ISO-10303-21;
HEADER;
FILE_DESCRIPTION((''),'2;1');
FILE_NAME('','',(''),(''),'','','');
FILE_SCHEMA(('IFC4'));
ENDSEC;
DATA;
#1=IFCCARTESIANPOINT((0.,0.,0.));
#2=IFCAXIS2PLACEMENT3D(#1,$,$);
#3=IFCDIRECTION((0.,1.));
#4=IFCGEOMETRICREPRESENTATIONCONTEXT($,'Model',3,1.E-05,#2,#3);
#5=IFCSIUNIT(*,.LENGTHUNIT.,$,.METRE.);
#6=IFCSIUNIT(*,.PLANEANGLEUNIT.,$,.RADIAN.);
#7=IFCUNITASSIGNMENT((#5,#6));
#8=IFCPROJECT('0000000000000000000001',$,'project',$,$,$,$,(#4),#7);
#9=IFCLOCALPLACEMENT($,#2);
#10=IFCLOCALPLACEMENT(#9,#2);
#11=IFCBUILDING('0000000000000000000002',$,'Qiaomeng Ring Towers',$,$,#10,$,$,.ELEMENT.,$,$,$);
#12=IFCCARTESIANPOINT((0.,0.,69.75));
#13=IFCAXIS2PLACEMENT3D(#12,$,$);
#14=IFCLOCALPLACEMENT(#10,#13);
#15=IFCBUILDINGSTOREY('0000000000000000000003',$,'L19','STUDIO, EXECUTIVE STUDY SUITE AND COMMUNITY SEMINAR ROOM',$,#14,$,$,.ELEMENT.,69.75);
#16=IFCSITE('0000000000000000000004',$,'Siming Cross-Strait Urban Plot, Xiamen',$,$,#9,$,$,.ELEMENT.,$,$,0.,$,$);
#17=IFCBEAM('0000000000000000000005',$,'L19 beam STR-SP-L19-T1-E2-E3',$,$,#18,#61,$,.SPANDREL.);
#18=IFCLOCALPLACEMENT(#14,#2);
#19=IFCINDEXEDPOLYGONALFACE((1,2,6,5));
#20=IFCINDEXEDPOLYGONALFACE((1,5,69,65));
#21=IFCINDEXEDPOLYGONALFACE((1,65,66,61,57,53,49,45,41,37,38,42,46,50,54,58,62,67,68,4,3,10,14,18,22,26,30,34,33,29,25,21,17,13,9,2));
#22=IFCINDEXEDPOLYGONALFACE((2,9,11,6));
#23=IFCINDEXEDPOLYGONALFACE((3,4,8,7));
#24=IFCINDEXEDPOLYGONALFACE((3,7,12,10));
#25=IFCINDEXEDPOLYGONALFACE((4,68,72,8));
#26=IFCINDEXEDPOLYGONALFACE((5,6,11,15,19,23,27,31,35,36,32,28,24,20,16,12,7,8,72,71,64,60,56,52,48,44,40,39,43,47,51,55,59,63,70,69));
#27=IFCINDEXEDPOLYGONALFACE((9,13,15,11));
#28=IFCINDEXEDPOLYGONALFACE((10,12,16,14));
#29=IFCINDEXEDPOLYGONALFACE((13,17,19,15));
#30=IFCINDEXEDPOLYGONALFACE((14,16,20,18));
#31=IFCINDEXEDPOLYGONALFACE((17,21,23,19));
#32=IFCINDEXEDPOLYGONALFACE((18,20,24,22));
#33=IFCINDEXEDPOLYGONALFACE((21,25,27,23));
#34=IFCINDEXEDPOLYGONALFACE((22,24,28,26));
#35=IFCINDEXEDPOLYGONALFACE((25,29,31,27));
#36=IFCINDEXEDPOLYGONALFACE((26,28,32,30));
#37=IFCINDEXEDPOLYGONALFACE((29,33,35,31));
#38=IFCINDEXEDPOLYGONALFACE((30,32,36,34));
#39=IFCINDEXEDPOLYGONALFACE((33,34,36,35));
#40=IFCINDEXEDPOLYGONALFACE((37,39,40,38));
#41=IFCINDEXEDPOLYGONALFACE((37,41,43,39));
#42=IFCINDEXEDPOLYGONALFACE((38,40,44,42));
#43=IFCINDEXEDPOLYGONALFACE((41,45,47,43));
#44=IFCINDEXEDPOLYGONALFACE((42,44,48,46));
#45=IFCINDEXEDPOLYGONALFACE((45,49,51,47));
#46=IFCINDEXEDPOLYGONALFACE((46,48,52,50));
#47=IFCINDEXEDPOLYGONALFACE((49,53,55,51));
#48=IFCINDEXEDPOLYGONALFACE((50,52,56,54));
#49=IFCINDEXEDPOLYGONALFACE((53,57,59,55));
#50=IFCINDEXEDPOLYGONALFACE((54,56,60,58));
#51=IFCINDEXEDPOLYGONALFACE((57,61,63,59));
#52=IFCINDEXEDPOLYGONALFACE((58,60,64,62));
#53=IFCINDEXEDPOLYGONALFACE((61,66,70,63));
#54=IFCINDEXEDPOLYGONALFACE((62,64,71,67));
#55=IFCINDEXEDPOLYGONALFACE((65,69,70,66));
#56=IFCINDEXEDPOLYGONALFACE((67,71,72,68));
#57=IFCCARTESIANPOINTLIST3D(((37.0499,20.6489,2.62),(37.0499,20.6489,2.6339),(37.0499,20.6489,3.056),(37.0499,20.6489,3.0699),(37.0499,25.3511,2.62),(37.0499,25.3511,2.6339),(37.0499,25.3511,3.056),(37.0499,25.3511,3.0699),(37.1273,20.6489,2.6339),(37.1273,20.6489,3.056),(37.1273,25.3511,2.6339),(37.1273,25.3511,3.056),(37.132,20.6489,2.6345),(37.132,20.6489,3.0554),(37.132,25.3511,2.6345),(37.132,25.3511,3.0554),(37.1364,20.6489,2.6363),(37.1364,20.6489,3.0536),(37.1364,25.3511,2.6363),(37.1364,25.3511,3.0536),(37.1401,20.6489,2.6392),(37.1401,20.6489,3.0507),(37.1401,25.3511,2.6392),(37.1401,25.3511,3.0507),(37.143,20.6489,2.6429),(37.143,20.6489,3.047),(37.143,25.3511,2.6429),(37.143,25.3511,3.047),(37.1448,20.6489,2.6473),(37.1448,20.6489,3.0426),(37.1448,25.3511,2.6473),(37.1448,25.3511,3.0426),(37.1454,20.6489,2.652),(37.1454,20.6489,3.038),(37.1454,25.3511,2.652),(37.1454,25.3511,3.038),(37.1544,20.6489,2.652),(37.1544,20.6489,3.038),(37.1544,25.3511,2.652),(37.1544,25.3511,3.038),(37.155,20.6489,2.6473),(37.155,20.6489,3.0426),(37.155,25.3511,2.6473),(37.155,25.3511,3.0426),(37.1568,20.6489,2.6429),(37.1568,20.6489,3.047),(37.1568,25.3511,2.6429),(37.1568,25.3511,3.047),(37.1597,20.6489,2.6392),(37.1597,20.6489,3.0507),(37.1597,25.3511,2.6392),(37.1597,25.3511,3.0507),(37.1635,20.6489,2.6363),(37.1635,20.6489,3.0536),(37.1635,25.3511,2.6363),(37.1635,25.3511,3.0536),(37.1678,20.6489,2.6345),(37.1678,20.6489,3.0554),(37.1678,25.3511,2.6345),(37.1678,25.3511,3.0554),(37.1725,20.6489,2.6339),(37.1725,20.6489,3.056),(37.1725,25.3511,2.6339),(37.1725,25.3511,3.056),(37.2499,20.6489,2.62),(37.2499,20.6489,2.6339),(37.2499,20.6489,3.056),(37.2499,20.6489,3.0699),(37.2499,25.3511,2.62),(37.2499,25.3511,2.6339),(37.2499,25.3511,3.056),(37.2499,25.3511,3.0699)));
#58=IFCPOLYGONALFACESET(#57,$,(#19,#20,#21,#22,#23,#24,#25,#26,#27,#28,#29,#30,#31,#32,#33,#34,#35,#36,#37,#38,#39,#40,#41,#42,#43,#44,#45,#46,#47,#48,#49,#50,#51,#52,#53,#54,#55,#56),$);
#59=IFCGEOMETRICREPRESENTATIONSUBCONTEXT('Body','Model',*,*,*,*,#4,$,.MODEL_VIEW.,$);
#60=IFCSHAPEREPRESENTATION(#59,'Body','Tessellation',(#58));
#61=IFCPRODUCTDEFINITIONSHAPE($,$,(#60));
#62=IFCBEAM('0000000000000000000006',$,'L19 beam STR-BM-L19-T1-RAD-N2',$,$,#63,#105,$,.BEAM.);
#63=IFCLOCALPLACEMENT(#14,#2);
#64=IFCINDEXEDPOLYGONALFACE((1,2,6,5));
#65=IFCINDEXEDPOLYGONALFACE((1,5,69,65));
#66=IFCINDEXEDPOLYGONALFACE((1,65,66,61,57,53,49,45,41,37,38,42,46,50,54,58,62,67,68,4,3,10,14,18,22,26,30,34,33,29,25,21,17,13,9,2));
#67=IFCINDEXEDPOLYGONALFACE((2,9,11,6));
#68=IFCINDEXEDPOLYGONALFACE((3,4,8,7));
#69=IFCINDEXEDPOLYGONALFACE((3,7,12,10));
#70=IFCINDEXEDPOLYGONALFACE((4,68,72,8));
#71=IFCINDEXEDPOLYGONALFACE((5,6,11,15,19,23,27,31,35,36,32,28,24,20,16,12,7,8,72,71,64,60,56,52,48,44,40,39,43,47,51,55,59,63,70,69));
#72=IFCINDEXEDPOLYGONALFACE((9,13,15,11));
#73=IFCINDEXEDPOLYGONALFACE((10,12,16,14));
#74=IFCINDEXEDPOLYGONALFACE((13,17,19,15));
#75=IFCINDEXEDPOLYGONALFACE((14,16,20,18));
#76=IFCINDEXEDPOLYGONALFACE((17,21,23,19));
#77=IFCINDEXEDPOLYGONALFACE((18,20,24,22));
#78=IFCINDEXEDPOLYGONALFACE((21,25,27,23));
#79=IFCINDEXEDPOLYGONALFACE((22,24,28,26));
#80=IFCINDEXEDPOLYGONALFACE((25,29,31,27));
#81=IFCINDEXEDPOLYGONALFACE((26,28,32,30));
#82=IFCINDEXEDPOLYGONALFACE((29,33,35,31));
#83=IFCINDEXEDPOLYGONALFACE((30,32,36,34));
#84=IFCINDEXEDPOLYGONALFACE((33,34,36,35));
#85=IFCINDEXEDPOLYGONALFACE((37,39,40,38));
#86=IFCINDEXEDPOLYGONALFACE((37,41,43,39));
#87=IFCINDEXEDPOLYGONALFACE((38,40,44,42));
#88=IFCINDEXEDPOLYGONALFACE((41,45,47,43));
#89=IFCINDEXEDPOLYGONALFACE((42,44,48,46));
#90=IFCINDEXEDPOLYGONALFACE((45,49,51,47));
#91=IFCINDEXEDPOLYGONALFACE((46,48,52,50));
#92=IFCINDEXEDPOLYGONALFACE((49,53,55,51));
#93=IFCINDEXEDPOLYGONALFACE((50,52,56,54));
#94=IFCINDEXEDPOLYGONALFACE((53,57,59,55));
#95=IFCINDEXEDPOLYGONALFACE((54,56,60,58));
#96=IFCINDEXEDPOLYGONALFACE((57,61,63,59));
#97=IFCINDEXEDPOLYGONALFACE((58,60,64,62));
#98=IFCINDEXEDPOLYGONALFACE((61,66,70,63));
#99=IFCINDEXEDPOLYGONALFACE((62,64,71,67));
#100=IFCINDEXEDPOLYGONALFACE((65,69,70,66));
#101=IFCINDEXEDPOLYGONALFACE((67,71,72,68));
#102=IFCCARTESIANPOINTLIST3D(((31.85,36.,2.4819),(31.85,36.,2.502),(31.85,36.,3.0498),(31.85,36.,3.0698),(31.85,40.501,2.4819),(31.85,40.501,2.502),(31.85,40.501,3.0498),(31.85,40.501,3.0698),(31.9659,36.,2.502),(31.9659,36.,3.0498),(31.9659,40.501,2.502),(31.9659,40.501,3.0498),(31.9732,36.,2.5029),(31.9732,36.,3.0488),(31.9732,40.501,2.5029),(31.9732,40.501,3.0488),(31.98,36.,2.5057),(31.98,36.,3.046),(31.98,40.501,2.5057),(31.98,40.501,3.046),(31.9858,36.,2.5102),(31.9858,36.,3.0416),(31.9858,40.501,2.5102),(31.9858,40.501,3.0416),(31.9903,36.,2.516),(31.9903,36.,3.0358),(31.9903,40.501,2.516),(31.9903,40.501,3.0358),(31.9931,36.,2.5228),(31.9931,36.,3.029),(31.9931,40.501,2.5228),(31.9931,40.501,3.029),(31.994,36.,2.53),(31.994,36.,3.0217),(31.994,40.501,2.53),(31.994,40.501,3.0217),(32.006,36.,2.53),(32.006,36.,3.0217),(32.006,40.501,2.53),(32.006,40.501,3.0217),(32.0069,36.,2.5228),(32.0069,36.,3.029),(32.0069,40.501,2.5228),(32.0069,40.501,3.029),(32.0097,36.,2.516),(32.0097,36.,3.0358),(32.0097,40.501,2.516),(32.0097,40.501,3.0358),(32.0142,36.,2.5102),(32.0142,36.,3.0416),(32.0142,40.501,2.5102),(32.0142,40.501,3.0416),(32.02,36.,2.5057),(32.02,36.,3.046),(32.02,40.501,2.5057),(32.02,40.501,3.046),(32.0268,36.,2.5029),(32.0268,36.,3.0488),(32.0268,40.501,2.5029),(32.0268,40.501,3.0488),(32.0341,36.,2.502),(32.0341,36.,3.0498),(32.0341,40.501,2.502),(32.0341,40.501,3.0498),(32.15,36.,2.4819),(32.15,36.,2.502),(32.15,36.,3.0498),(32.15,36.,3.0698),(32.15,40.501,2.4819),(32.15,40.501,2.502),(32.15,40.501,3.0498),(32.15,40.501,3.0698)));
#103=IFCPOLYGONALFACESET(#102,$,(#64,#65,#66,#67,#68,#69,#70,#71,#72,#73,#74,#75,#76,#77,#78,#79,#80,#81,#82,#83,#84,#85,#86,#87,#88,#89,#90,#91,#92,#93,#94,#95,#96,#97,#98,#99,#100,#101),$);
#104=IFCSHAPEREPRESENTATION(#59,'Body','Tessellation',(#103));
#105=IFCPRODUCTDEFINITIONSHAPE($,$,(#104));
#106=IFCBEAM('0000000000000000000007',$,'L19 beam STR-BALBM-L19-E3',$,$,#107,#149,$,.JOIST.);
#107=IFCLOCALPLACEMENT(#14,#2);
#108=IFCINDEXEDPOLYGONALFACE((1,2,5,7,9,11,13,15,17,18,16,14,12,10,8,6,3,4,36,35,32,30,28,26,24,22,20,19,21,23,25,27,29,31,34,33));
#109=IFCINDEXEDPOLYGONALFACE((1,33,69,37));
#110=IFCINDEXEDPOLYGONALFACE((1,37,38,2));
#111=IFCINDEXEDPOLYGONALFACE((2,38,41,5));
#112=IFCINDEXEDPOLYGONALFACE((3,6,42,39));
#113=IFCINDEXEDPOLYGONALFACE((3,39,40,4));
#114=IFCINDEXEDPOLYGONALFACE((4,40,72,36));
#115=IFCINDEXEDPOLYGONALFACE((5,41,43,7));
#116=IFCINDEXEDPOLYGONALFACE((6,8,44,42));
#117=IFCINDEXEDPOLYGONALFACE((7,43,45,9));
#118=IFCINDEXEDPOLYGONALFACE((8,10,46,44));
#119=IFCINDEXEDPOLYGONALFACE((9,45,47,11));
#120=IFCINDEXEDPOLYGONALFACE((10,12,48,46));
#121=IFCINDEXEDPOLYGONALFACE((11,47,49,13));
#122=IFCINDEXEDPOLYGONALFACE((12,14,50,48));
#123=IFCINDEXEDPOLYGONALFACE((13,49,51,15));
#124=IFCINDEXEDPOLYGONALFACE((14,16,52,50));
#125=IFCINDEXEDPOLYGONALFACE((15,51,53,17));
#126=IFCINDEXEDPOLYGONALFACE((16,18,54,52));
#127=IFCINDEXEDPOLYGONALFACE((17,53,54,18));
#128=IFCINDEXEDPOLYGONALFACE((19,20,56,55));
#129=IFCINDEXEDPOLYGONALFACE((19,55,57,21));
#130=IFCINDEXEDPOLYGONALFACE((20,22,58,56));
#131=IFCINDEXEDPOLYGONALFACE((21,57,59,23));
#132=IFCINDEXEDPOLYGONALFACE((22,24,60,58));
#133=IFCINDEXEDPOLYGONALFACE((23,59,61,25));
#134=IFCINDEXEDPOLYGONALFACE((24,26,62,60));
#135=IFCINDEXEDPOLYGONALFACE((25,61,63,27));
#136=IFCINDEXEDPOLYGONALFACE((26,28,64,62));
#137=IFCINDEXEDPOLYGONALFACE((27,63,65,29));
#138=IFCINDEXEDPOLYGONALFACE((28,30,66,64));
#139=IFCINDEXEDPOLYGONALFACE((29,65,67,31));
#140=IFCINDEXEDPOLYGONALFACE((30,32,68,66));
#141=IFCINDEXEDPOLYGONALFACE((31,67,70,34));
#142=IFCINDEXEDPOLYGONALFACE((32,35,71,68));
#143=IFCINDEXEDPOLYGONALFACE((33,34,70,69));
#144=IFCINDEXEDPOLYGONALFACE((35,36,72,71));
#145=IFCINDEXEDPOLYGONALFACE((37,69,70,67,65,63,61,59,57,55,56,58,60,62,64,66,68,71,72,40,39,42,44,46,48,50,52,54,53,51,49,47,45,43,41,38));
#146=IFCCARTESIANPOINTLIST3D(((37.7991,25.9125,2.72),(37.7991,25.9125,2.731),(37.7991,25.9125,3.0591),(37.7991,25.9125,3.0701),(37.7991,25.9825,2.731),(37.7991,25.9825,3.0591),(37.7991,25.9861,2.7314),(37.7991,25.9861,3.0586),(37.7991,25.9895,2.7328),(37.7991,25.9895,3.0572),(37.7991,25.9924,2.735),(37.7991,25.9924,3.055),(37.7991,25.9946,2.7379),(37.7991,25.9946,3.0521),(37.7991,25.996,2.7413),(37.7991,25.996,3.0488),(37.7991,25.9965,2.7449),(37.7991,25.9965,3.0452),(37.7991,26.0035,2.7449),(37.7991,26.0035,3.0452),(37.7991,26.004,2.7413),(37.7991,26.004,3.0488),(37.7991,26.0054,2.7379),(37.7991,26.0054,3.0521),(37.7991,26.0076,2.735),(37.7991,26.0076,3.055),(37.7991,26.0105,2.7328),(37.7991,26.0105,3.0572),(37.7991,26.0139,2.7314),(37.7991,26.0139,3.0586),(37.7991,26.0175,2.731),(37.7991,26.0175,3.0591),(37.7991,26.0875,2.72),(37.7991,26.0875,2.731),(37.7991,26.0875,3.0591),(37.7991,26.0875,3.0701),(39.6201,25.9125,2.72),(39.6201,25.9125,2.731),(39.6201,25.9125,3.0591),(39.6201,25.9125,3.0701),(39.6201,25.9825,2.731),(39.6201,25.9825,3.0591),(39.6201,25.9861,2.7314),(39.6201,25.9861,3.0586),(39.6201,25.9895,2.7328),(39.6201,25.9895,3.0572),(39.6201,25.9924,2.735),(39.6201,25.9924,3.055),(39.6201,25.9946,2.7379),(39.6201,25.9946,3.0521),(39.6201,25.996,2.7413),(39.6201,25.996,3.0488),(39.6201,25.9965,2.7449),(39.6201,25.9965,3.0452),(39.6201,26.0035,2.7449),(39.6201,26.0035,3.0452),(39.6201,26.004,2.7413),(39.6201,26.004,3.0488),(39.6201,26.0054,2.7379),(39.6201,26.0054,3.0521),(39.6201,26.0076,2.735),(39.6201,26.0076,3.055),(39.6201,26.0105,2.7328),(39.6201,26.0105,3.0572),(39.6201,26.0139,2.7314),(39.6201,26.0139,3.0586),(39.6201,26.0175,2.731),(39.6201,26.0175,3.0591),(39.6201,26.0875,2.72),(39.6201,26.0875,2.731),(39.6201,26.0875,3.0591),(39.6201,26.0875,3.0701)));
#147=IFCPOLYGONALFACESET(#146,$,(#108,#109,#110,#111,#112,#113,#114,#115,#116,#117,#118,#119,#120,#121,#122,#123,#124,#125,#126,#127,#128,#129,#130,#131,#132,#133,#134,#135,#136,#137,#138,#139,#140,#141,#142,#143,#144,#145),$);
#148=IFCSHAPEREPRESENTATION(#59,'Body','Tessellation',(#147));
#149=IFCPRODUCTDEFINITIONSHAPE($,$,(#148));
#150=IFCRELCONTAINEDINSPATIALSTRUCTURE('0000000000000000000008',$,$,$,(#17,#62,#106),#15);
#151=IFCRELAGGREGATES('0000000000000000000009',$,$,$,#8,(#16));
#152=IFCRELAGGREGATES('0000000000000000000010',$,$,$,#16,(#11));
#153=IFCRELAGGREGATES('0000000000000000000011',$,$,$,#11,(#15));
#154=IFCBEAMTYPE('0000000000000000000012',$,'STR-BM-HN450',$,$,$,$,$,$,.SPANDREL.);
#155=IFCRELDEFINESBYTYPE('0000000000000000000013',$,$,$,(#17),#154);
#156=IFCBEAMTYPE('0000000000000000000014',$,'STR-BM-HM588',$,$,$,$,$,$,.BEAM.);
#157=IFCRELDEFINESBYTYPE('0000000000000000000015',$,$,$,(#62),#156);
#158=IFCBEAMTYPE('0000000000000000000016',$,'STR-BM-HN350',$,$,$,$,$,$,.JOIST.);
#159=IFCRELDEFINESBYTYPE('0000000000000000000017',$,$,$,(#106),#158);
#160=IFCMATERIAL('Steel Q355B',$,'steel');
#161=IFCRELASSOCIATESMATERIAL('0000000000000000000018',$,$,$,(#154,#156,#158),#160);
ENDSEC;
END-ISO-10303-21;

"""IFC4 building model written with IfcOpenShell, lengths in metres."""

from ifc_helpers import new_model, si_unit, direction, frame, origin, origin_2d, place, context, subcontext, project, spatial, i_section, extrude, source, transform, mapped, material, material_profile, profile_set, type_object, element, save


model = new_model("IFC4")

# Units and contexts
model_context = context("Model", 3, precision=1e-05, world=origin(), true_north=direction((0.0, 1.0)))
body_context = subcontext(model_context, "Body", "Model", "MODEL_VIEW")
ifc_project = project(units=[si_unit("LENGTHUNIT", "METRE"), si_unit("PLANEANGLEUNIT", "RADIAN")], contexts=[model_context])

# Site, building, storey
site_placement = place(None, origin())
site = spatial("IfcSite", under=ifc_project, at=site_placement, Name="Siming Cross-Strait Urban Plot, Xiamen", CompositionType="ELEMENT", RefElevation=0.0)
building_placement = place(site_placement, origin())
building = spatial("IfcBuilding", under=site, at=building_placement, Name="Qiaomeng Ring Towers", CompositionType="ELEMENT")
storey_placement = place(building_placement, frame((0.0, 0.0, 69.75)))
storey = spatial("IfcBuildingStorey", under=building, at=storey_placement, Name="L19", Description="STUDIO, EXECUTIVE STUDY SUITE AND COMMUNITY SEMINAR ROOM", CompositionType="ELEMENT", Elevation=69.75)

# Beams
ifc_material_1 = material(Name="Steel Q355B", Category="steel")
ifc_material_profile_1 = material_profile(ifc_material_1, i_section(OverallWidth=0.2, OverallDepth=0.45, WebThickness=0.009, FlangeThickness=0.0139, FilletRadius=0.0181, at=origin_2d()), Name="HN 450x200x9x14")
ifc_profile_set_1 = profile_set([ifc_material_profile_1], Name="Steel Q355B")
beam_type_1 = type_object("IfcBeamType", Name="STR-BM-HN450", PredefinedType="SPANDREL", material=ifc_profile_set_1)
shared_shape_1 = source(origin(), body_context, "Body", "SweptSolid", [
    extrude(i_section(OverallWidth=0.2, OverallDepth=0.45, WebThickness=0.009, FlangeThickness=0.0139, FilletRadius=0.0181, at=origin_2d()), origin(), (0.0, 0.0, 1.0), 4.7021),
])
beam_1_placement = place(storey_placement, frame((37.1499, 20.6489, 2.845), z_axis=(0.0, 1.0, 0.0), x_axis=(-1.0, 0.0, 0.0)))
element("IfcBeam", 1, at=beam_1_placement, inside=storey, type_object=beam_type_1, Name="L19 beam STR-SP-L19-T1-E2-E3", PredefinedType="SPANDREL", context=body_context, shape_type="MappedRepresentation", body=[
    mapped(shared_shape_1, transform((0.0, 0.0, 0.0), x_axis=(1.0, 0.0, 0.0), y_axis=(0.0, 1.0, 0.0), z_axis=(0.0, 0.0, 1.0), scale=1.0)),
])
ifc_material_profile_2 = material_profile(ifc_material_1, i_section(OverallWidth=0.3, OverallDepth=0.5879, WebThickness=0.012, FlangeThickness=0.02, FilletRadius=0.0281, at=origin_2d()), Name="HM 588x300x12x20")
ifc_profile_set_2 = profile_set([ifc_material_profile_2], Name="Steel Q355B")
beam_type_2 = type_object("IfcBeamType", Name="STR-BM-HM588", PredefinedType="BEAM", material=ifc_profile_set_2)
shared_shape_2 = source(origin(), body_context, "Body", "SweptSolid", [
    extrude(i_section(OverallWidth=0.3, OverallDepth=0.5879, WebThickness=0.012, FlangeThickness=0.02, FilletRadius=0.0281, at=origin_2d()), origin(), (0.0, 0.0, 1.0), 4.501),
])
beam_2_placement = place(storey_placement, frame((32.0, 40.501, 2.7759), z_axis=(0.0, -1.0, 0.0), x_axis=(1.0, 0.0, 0.0)))
element("IfcBeam", 2, at=beam_2_placement, inside=storey, type_object=beam_type_2, Name="L19 beam STR-BM-L19-T1-RAD-N2", PredefinedType="BEAM", context=body_context, shape_type="MappedRepresentation", body=[
    mapped(shared_shape_2, transform((0.0, 0.0, 0.0), x_axis=(1.0, 0.0, 0.0), y_axis=(0.0, 1.0, 0.0), z_axis=(0.0, 0.0, 1.0), scale=1.0)),
])
ifc_material_profile_3 = material_profile(ifc_material_1, i_section(OverallWidth=0.175, OverallDepth=0.3501, WebThickness=0.0071, FlangeThickness=0.011, FilletRadius=0.0139, at=origin_2d()), Name="HN 350x175x7x11")
ifc_profile_set_3 = profile_set([ifc_material_profile_3], Name="Steel Q355B")
beam_type_3 = type_object("IfcBeamType", Name="STR-BM-HN350", PredefinedType="JOIST", material=ifc_profile_set_3)
shared_shape_3 = source(origin(), body_context, "Body", "SweptSolid", [
    extrude(i_section(OverallWidth=0.175, OverallDepth=0.3501, WebThickness=0.0071, FlangeThickness=0.011, FilletRadius=0.0139, at=origin_2d()), origin(), (0.0, 0.0, 1.0), 1.821),
])
beam_3_placement = place(storey_placement, frame((37.7991, 26.0, 2.895), z_axis=(1.0, 0.0, 0.0), x_axis=(0.0, 1.0, 0.0)))
element("IfcBeam", 3, at=beam_3_placement, inside=storey, type_object=beam_type_3, Name="L19 beam STR-BALBM-L19-E3", PredefinedType="JOIST", context=body_context, shape_type="MappedRepresentation", body=[
    mapped(shared_shape_3, transform((0.0, 0.0, 0.0), x_axis=(1.0, 0.0, 0.0), y_axis=(0.0, 1.0, 0.0), z_axis=(0.0, 0.0, 1.0), scale=1.0)),
])

save(model, "model.ifc")
